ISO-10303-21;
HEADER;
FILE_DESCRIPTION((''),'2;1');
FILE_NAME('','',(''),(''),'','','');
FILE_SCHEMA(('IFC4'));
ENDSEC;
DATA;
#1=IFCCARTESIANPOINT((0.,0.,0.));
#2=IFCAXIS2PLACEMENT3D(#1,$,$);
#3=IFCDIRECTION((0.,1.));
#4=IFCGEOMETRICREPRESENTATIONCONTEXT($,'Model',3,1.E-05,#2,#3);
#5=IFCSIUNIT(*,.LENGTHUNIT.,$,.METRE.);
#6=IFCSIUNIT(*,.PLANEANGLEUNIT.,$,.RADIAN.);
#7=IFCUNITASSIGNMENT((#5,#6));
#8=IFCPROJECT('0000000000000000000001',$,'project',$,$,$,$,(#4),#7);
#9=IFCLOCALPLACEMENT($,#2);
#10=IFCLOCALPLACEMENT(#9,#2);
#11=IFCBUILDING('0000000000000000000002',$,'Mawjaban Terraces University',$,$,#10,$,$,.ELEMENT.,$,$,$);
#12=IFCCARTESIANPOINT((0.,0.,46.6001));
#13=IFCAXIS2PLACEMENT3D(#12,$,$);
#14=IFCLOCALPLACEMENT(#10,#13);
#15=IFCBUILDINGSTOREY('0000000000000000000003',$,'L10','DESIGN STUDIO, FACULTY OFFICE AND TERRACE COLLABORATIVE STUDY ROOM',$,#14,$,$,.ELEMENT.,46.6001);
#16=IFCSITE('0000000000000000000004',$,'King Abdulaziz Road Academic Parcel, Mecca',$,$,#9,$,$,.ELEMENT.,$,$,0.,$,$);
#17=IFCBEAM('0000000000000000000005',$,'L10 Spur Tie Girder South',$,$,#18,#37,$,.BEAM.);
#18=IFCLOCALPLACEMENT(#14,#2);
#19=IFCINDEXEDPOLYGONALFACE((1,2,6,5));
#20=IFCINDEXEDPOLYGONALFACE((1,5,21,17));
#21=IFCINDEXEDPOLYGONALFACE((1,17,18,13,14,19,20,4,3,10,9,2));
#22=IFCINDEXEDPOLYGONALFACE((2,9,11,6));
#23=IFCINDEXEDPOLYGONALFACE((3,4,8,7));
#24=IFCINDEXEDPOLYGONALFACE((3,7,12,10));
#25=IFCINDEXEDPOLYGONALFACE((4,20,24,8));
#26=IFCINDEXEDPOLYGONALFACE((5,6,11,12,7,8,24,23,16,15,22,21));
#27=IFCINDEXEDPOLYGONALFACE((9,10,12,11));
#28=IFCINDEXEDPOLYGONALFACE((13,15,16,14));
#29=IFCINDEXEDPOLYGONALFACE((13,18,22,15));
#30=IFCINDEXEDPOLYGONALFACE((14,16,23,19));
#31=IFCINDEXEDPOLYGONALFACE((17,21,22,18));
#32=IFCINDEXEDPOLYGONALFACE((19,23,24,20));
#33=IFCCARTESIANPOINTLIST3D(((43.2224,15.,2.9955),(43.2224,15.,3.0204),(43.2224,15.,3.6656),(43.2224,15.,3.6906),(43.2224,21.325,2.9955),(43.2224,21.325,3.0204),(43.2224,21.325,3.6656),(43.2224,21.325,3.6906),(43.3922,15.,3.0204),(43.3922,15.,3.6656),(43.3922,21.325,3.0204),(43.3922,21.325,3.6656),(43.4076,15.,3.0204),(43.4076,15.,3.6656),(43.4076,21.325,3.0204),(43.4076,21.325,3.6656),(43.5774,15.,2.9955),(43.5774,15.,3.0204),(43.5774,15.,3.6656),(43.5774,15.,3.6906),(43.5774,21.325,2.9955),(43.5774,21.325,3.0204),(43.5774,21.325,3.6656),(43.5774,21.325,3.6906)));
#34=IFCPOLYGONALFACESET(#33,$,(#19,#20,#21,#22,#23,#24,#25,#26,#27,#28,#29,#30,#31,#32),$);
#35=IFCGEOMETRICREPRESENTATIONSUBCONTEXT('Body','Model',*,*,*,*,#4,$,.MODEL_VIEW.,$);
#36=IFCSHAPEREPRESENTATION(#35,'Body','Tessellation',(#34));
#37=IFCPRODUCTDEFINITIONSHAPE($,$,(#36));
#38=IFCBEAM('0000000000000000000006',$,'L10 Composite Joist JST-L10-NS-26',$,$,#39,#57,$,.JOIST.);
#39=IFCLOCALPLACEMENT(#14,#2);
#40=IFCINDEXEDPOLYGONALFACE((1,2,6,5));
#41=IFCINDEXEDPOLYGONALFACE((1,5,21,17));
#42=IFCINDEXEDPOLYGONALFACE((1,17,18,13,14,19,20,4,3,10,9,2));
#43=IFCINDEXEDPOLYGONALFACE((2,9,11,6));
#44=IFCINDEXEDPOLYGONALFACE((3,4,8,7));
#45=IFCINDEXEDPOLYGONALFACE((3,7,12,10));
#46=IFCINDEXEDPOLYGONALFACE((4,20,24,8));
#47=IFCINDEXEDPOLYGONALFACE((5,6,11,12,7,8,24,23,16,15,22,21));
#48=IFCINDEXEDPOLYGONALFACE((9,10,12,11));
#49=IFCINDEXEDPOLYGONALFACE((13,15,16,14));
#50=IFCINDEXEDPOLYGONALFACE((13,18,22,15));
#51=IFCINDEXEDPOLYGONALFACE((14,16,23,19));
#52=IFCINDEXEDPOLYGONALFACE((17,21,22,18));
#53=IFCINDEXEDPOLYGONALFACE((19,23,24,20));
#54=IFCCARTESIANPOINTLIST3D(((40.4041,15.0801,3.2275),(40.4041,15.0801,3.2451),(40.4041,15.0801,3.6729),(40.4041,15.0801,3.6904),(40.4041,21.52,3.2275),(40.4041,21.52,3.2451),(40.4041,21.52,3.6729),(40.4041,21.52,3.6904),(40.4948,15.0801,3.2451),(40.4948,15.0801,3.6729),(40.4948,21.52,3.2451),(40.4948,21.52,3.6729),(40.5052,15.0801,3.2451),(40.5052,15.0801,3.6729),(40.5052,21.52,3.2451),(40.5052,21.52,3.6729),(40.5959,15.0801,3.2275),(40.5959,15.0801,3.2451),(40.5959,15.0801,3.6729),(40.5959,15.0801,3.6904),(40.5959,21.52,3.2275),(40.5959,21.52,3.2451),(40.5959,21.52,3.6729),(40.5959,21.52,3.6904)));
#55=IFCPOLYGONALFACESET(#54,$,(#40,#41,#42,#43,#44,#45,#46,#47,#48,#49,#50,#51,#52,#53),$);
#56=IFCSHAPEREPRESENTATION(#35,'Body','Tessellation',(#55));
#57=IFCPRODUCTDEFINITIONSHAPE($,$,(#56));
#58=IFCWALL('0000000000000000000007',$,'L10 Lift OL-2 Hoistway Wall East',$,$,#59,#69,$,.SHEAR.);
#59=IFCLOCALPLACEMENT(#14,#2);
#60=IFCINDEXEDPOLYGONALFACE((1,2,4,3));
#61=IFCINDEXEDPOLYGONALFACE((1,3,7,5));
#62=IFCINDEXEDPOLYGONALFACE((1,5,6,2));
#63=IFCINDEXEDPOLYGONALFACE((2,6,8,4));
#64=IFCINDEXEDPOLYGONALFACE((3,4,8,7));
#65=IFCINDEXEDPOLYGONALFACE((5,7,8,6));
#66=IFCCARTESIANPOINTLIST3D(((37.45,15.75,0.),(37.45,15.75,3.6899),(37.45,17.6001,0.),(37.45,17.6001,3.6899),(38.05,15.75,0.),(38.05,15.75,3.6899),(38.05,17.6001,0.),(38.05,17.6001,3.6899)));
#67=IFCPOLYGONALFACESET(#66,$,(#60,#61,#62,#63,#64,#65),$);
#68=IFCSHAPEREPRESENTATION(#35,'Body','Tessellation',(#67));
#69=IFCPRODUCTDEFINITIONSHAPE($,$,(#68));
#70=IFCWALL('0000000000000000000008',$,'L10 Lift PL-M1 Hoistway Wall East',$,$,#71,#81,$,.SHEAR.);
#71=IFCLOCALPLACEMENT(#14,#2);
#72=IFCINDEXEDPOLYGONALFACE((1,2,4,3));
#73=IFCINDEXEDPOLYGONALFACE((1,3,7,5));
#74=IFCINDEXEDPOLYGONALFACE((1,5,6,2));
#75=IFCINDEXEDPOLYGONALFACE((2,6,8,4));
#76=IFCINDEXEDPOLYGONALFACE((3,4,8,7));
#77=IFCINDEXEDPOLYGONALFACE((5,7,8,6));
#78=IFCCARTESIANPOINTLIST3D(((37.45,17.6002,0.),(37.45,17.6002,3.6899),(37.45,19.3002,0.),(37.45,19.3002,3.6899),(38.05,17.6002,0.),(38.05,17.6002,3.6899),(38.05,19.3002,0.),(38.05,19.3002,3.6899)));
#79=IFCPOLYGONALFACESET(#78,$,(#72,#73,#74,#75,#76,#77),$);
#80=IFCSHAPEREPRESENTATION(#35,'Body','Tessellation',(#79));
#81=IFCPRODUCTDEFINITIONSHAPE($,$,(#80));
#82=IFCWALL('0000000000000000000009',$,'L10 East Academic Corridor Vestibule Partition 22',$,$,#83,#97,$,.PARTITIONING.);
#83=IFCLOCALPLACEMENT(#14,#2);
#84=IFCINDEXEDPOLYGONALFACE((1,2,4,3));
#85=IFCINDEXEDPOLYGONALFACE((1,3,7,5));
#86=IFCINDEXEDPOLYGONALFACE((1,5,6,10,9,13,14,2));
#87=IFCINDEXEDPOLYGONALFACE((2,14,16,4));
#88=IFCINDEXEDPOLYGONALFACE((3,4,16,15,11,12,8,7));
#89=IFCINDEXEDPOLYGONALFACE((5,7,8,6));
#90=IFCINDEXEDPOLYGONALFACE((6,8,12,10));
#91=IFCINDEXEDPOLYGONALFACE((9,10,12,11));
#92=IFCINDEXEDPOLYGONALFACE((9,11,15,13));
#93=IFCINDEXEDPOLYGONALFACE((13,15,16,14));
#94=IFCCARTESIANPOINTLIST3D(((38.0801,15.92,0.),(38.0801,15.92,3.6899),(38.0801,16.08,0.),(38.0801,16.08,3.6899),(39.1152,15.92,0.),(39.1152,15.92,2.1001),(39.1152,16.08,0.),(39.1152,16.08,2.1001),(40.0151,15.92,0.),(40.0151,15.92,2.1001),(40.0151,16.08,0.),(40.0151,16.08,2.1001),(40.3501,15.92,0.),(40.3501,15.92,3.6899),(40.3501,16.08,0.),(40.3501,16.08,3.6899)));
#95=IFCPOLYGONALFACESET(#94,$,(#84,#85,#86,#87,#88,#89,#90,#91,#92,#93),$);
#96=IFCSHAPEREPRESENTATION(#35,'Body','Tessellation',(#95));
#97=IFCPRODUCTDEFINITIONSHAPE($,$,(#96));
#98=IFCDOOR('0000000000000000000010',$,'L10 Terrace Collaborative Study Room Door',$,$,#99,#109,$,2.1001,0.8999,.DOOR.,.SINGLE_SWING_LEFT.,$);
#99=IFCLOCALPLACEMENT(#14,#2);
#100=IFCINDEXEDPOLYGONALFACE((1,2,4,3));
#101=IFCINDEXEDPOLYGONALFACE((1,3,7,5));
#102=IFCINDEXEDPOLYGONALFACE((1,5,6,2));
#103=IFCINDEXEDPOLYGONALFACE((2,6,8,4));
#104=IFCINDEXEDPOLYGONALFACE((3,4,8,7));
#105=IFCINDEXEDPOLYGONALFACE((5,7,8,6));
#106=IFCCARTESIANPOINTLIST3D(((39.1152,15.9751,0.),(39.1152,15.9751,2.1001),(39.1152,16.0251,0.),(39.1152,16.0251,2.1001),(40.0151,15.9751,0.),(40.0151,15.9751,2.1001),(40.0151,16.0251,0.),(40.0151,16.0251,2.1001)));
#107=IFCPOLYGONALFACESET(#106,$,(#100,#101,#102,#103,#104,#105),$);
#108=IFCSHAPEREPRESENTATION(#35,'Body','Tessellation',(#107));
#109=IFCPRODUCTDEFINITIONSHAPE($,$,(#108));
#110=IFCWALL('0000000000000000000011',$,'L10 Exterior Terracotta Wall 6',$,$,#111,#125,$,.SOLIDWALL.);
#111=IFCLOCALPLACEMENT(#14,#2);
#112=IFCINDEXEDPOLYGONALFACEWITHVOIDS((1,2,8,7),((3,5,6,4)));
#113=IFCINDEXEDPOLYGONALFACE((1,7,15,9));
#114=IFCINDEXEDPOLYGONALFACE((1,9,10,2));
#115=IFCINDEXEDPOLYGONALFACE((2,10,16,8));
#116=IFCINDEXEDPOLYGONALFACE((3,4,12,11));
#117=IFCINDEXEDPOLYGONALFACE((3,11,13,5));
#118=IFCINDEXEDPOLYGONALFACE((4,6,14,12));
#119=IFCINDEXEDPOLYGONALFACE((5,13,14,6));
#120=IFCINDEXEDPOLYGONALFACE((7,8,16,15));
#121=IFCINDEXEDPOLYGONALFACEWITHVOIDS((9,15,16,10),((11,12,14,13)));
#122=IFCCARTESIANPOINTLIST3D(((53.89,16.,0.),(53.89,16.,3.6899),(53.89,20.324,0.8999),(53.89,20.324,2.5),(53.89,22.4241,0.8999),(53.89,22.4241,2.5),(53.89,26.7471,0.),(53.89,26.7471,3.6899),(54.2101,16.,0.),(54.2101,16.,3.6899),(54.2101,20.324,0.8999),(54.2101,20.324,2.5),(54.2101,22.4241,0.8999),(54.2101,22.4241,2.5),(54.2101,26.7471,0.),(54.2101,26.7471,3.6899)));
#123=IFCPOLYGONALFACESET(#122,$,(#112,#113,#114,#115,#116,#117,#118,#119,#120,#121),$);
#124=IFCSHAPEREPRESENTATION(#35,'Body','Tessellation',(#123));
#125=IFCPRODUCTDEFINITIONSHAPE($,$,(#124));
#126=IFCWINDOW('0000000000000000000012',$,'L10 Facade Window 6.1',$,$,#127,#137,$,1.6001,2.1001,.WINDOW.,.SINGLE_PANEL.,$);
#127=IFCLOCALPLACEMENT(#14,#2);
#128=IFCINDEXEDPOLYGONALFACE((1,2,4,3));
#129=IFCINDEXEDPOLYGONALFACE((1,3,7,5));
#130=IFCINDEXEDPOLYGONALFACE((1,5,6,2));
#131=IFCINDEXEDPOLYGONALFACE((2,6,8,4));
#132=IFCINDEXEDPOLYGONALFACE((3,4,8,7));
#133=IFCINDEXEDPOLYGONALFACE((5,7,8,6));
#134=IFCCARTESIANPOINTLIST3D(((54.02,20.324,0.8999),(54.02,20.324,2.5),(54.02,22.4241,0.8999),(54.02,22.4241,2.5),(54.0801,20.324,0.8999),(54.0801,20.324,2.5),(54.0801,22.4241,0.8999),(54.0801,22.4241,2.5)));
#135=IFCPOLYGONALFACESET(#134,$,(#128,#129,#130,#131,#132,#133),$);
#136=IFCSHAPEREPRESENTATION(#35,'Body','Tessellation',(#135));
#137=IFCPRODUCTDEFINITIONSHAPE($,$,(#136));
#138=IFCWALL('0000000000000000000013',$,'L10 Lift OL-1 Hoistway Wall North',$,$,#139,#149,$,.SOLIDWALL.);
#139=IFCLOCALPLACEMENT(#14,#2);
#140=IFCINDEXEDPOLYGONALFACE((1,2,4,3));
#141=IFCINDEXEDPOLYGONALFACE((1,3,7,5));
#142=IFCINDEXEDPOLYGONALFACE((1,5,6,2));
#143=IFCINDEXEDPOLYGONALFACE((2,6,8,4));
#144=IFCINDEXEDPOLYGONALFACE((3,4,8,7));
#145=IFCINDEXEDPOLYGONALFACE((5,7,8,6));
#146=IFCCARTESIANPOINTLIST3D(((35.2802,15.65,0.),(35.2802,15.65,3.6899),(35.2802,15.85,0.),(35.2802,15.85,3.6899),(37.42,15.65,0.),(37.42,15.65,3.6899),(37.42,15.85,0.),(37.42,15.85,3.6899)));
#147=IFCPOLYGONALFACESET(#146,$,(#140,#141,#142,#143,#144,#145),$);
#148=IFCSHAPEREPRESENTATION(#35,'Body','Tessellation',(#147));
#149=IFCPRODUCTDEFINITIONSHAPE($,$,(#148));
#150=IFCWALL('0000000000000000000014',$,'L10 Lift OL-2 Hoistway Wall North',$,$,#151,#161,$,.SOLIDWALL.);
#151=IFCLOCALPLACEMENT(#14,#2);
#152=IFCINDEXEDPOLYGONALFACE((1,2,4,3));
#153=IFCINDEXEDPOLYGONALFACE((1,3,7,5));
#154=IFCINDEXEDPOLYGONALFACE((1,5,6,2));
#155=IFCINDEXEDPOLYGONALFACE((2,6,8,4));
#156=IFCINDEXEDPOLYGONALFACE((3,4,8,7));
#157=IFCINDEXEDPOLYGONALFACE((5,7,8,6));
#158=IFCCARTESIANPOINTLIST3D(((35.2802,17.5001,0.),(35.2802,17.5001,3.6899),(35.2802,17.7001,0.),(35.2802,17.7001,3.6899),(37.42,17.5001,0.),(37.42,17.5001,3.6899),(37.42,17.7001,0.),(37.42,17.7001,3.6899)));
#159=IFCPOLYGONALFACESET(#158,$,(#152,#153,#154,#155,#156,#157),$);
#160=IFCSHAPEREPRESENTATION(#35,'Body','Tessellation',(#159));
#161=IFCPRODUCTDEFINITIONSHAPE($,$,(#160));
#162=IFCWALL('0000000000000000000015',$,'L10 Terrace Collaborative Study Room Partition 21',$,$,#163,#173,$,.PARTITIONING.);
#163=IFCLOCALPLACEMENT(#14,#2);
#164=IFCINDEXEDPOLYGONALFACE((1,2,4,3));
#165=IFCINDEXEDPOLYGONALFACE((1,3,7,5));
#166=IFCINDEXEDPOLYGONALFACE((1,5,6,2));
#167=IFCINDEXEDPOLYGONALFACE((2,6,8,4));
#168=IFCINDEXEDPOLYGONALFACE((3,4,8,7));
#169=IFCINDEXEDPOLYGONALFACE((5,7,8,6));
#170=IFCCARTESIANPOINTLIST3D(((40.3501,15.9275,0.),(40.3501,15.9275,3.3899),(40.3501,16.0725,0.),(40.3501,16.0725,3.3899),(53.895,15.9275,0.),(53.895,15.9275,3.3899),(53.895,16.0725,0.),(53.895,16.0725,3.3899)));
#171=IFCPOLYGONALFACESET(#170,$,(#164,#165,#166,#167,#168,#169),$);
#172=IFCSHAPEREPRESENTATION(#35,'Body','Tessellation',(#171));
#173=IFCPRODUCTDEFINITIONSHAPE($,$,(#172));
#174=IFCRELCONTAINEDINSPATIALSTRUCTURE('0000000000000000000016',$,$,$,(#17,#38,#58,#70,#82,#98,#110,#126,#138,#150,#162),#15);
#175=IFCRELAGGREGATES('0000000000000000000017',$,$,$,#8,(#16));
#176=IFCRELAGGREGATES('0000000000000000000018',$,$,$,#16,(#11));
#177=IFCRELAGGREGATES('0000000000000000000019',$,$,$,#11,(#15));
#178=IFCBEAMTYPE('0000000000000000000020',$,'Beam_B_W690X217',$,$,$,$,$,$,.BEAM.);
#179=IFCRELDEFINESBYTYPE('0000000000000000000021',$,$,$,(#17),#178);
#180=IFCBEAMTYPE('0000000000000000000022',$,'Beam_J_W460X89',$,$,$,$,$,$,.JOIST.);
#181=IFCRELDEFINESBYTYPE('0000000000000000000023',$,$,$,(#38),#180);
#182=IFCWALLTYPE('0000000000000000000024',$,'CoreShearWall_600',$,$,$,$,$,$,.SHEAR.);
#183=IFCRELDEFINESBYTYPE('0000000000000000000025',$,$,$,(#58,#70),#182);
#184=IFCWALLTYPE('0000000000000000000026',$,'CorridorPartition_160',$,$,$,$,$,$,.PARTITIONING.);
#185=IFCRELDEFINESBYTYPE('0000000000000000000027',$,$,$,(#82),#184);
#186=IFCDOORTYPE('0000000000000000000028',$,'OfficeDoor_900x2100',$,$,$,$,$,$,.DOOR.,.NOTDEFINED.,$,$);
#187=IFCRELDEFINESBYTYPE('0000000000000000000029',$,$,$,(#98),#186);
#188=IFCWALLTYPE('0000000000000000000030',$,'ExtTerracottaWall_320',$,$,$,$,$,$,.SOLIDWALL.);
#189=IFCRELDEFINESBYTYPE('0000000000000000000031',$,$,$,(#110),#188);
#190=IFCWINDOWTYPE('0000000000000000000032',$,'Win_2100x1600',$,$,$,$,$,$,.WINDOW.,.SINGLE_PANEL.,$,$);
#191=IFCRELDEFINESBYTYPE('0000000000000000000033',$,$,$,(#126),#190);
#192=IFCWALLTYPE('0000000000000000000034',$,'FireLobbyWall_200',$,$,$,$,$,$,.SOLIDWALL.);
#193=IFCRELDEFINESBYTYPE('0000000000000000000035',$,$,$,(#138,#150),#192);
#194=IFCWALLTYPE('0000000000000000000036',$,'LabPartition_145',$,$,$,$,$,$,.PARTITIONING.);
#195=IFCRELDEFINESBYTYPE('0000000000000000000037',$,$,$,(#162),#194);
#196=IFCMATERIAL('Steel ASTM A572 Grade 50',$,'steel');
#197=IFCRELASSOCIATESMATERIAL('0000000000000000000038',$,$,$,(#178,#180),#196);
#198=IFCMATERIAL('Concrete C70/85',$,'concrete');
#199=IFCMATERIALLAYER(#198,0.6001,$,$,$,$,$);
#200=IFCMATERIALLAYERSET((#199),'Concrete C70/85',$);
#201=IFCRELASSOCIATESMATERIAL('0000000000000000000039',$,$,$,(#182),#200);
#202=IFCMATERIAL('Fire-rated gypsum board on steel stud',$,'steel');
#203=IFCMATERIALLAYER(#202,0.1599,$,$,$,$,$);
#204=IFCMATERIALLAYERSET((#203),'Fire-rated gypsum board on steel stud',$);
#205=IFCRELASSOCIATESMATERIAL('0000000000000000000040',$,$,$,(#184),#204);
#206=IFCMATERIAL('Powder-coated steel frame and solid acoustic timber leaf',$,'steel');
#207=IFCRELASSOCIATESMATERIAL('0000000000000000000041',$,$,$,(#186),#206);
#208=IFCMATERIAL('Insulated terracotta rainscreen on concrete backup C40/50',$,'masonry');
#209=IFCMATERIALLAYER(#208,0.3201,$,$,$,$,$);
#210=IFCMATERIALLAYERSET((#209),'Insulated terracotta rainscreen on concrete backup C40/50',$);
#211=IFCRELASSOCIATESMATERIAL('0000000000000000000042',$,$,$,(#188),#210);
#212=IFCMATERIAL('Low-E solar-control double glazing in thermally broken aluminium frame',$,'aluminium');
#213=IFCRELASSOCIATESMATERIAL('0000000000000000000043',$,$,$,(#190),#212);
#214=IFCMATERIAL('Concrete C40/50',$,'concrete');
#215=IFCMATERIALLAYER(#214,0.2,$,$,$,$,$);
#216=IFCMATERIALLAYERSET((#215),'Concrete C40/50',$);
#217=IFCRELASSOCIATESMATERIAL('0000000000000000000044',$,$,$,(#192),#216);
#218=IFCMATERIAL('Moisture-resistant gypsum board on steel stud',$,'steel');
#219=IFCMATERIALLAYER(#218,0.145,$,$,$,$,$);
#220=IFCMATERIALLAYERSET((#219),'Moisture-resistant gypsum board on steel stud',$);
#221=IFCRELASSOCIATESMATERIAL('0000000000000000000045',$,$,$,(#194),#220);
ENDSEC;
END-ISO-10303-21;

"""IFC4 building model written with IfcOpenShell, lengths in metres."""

from ifc_helpers import new_model, si_unit, direction, frame, frame_2d, origin, origin_2d, place, context, subcontext, project, spatial, rectangle, i_section, extrude, material, layer, layer_set, material_profile, profile_set, type_object, element, fill, save


model = new_model("IFC4")

# Units and contexts
model_context = context("Model", 3, precision=1e-05, world=origin(), true_north=direction((0.0, 1.0)))
body_context = subcontext(model_context, "Body", "Model", "MODEL_VIEW")
ifc_project = project(units=[si_unit("LENGTHUNIT", "METRE"), si_unit("PLANEANGLEUNIT", "RADIAN")], contexts=[model_context])

# Site, building, storey
site_placement = place(None, origin())
site = spatial("IfcSite", under=ifc_project, at=site_placement, Name="King Abdulaziz Road Academic Parcel, Mecca", CompositionType="ELEMENT", RefElevation=0.0)
building_placement = place(site_placement, origin())
building = spatial("IfcBuilding", under=site, at=building_placement, Name="Mawjaban Terraces University", CompositionType="ELEMENT")
storey_placement = place(building_placement, frame((0.0, 0.0, 46.6001)))
storey = spatial("IfcBuildingStorey", under=building, at=storey_placement, Name="L10", Description="DESIGN STUDIO, FACULTY OFFICE AND TERRACE COLLABORATIVE STUDY ROOM", CompositionType="ELEMENT", Elevation=46.6001)

# Beams
ifc_material_1 = material(Name="Steel ASTM A572 Grade 50", Category="steel")
ifc_material_profile_1 = material_profile(ifc_material_1, i_section(OverallWidth=0.355, OverallDepth=0.6951, WebThickness=0.0154, FlangeThickness=0.0249, at=origin_2d()), Name="W690X217")
ifc_profile_set_1 = profile_set([ifc_material_profile_1], Name="Steel ASTM A572 Grade 50")
beam_type_1 = type_object("IfcBeamType", Name="Beam_B_W690X217", PredefinedType="BEAM", material=ifc_profile_set_1)
beam_1_placement = place(storey_placement, frame((43.3999, 15.0, 3.343), z_axis=(0.0, 1.0, 0.0), x_axis=(-1.0, 0.0, 0.0)))
element("IfcBeam", 1, at=beam_1_placement, inside=storey, type_object=beam_type_1, Name="L10 Spur Tie Girder South", PredefinedType="BEAM", context=body_context, shape_type="SweptSolid", body=[
    extrude(i_section(OverallWidth=0.355, OverallDepth=0.6951, WebThickness=0.0154, FlangeThickness=0.0249, at=origin_2d()), origin(), (0.0, 0.0, 1.0), 6.325),
])
ifc_material_profile_2 = material_profile(ifc_material_1, i_section(OverallWidth=0.1919, OverallDepth=0.4629, WebThickness=0.0105, FlangeThickness=0.0176, at=origin_2d()), Name="W460X89")
ifc_profile_set_2 = profile_set([ifc_material_profile_2], Name="Steel ASTM A572 Grade 50")
beam_type_2 = type_object("IfcBeamType", Name="Beam_J_W460X89", PredefinedType="JOIST", material=ifc_profile_set_2)
beam_2_placement = place(storey_placement, frame((40.5, 15.0801, 3.459), z_axis=(0.0, 1.0, 0.0), x_axis=(-1.0, 0.0, 0.0)))
element("IfcBeam", 2, at=beam_2_placement, inside=storey, type_object=beam_type_2, Name="L10 Composite Joist JST-L10-NS-26", PredefinedType="JOIST", context=body_context, shape_type="SweptSolid", body=[
    extrude(i_section(OverallWidth=0.1919, OverallDepth=0.4629, WebThickness=0.0105, FlangeThickness=0.0176, at=origin_2d()), origin(), (0.0, 0.0, 1.0), 6.4399),
])

# Walls
ifc_material_2 = material(Name="Concrete C70/85", Category="concrete")
ifc_layer_1 = layer(ifc_material_2, 0.6001)
ifc_layer_set_1 = layer_set([ifc_layer_1], Name="Concrete C70/85")
wall_type_1 = type_object("IfcWallType", Name="CoreShearWall_600", PredefinedType="SHEAR", material=ifc_layer_set_1)
wall_1_placement = place(storey_placement, frame((37.75, 15.75, 0.0), z_axis=(0.0, 0.0, 1.0), x_axis=(0.0, 1.0, 0.0)))
element("IfcWall", 3, at=wall_1_placement, inside=storey, type_object=wall_type_1, Name="L10 Lift OL-2 Hoistway Wall East", PredefinedType="SHEAR", context=body_context, shape_type="SweptSolid", body=[
    extrude(rectangle(XDim=1.8501, YDim=0.6001, at=frame_2d((0.925, 0.0))), origin(), (0.0, 0.0, 1.0), 3.6899),
])
wall_2_placement = place(storey_placement, frame((37.75, 17.6001, 0.0), z_axis=(0.0, 0.0, 1.0), x_axis=(0.0, 1.0, 0.0)))
element("IfcWall", 4, at=wall_2_placement, inside=storey, type_object=wall_type_1, Name="L10 Lift PL-M1 Hoistway Wall East", PredefinedType="SHEAR", context=body_context, shape_type="SweptSolid", body=[
    extrude(rectangle(XDim=1.7, YDim=0.6001, at=frame_2d((0.8501, 0.0))), origin(), (0.0, 0.0, 1.0), 3.6899),
])

# Wall, opening, door
ifc_material_3 = material(Name="Fire-rated gypsum board on steel stud", Category="steel")
ifc_layer_2 = layer(ifc_material_3, 0.1599)
ifc_layer_set_2 = layer_set([ifc_layer_2], Name="Fire-rated gypsum board on steel stud")
wall_type_2 = type_object("IfcWallType", Name="CorridorPartition_160", PredefinedType="PARTITIONING", material=ifc_layer_set_2)
wall_3_placement = place(storey_placement, frame((40.3501, 16.0, 0.0), z_axis=(0.0, 0.0, 1.0), x_axis=(-1.0, 0.0, 0.0)))
wall_3 = element("IfcWall", 5, at=wall_3_placement, inside=storey, type_object=wall_type_2, Name="L10 East Academic Corridor Vestibule Partition 22", PredefinedType="PARTITIONING", context=body_context, shape_type="SweptSolid", body=[
    extrude(rectangle(XDim=2.27, YDim=0.1599, at=frame_2d((1.135, 0.0))), origin(), (0.0, 0.0, 1.0), 3.6899),
])
opening_1_placement = place(wall_3_placement, frame((0.335, 0.0, 0.0)))
opening_1 = element("IfcOpeningElement", 6, at=opening_1_placement, cuts=wall_3, PredefinedType="OPENING", context=body_context, shape_type="SweptSolid", body=[
    extrude(rectangle(XDim=0.8999, YDim=2.1001, at=frame_2d((0.45, 1.05))), frame((0.0, 0.0898, 0.0), z_axis=(0.0, -1.0, 0.0), x_axis=(1.0, 0.0, 0.0)), (0.0, 0.0, 1.0), 0.1799),
])
ifc_material_4 = material(Name="Powder-coated steel frame and solid acoustic timber leaf", Category="steel")
door_type = type_object("IfcDoorType", Name="OfficeDoor_900x2100", OperationType="NOTDEFINED", PredefinedType="DOOR", material=ifc_material_4)
door_placement = place(opening_1_placement, origin())
door = element("IfcDoor", 7, at=door_placement, inside=storey, type_object=door_type, Name="L10 Terrace Collaborative Study Room Door", OperationType="SINGLE_SWING_LEFT", OverallHeight=2.1001, OverallWidth=0.8999, PredefinedType="DOOR", context=body_context, shape_type="SweptSolid", body=[
    extrude(rectangle(XDim=0.8999, YDim=2.1001, at=frame_2d((0.45, 1.05))), frame((0.0, 0.0249, 0.0), z_axis=(0.0, -1.0, 0.0), x_axis=(1.0, 0.0, 0.0)), (0.0, 0.0, 1.0), 0.05),
])
fill(opening_1, door)

# Wall, opening, window
ifc_material_5 = material(Name="Insulated terracotta rainscreen on concrete backup C40/50", Category="masonry")
ifc_layer_3 = layer(ifc_material_5, 0.3201)
ifc_layer_set_3 = layer_set([ifc_layer_3], Name="Insulated terracotta rainscreen on concrete backup C40/50")
wall_type_3 = type_object("IfcWallType", Name="ExtTerracottaWall_320", PredefinedType="SOLIDWALL", material=ifc_layer_set_3)
wall_4_placement = place(storey_placement, frame((54.05, 16.0, 0.0), z_axis=(0.0, 0.0, 1.0), x_axis=(0.0, 1.0, 0.0)))
wall_4 = element("IfcWall", 8, at=wall_4_placement, inside=storey, type_object=wall_type_3, Name="L10 Exterior Terracotta Wall 6", PredefinedType="SOLIDWALL", context=body_context, shape_type="SweptSolid", body=[
    extrude(rectangle(XDim=10.7471, YDim=0.3201, at=frame_2d((5.3735, 0.0))), origin(), (0.0, 0.0, 1.0), 3.6899),
])
opening_2_placement = place(wall_4_placement, frame((4.324, 0.0, 0.8999)))
opening_2 = element("IfcOpeningElement", 9, at=opening_2_placement, cuts=wall_4, PredefinedType="OPENING", context=body_context, shape_type="SweptSolid", body=[
    extrude(rectangle(XDim=2.1001, YDim=1.6001, at=frame_2d((1.05, 0.8))), frame((0.0, 0.1699, 0.0), z_axis=(0.0, -1.0, 0.0), x_axis=(1.0, 0.0, 0.0)), (0.0, 0.0, 1.0), 0.3401),
])
ifc_material_6 = material(Name="Low-E solar-control double glazing in thermally broken aluminium frame", Category="aluminium")
window_type = type_object("IfcWindowType", Name="Win_2100x1600", PartitioningType="SINGLE_PANEL", PredefinedType="WINDOW", material=ifc_material_6)
window_placement = place(opening_2_placement, origin())
window = element("IfcWindow", 10, at=window_placement, inside=storey, type_object=window_type, Name="L10 Facade Window 6.1", OverallHeight=1.6001, OverallWidth=2.1001, PartitioningType="SINGLE_PANEL", PredefinedType="WINDOW", context=body_context, shape_type="SweptSolid", body=[
    extrude(rectangle(XDim=2.1001, YDim=1.6001, at=frame_2d((1.05, 0.8))), frame((0.0, 0.03, 0.0), z_axis=(0.0, -1.0, 0.0), x_axis=(1.0, 0.0, 0.0)), (0.0, 0.0, 1.0), 0.0601),
])
fill(opening_2, window)

# Walls
ifc_material_7 = material(Name="Concrete C40/50", Category="concrete")
ifc_layer_4 = layer(ifc_material_7, 0.2)
ifc_layer_set_4 = layer_set([ifc_layer_4], Name="Concrete C40/50")
wall_type_4 = type_object("IfcWallType", Name="FireLobbyWall_200", PredefinedType="SOLIDWALL", material=ifc_layer_set_4)
for number, where, z_axis, x_axis, name in (
    (11, (37.4199, 15.75, 0.0), (0.0, 0.0, 1.0), (-1.0, 0.0, 0.0), "L10 Lift OL-1 Hoistway Wall North"),
    (12, (37.4199, 17.6001, 0.0), (0.0, 0.0, 1.0), (-1.0, 0.0, 0.0), "L10 Lift OL-2 Hoistway Wall North"),
):
    element("IfcWall", number, at=place(storey_placement, frame(where, z_axis=z_axis, x_axis=x_axis)), inside=storey, type_object=wall_type_4, Name=name, PredefinedType="SOLIDWALL", context=body_context, shape_type="SweptSolid", body=[
        extrude(rectangle(XDim=2.1399, YDim=0.2, at=frame_2d((1.0698, 0.0))), origin(), (0.0, 0.0, 1.0), 3.6899),
    ])
ifc_material_8 = material(Name="Moisture-resistant gypsum board on steel stud", Category="steel")
ifc_layer_5 = layer(ifc_material_8, 0.145)
ifc_layer_set_5 = layer_set([ifc_layer_5], Name="Moisture-resistant gypsum board on steel stud")
wall_type_5 = type_object("IfcWallType", Name="LabPartition_145", PredefinedType="PARTITIONING", material=ifc_layer_set_5)
wall_5_placement = place(storey_placement, frame((40.3501, 16.0, 0.0), z_axis=(0.0, 0.0, 1.0), x_axis=(1.0, 0.0, 0.0)))
element("IfcWall", 13, at=wall_5_placement, inside=storey, type_object=wall_type_5, Name="L10 Terrace Collaborative Study Room Partition 21", PredefinedType="PARTITIONING", context=body_context, shape_type="SweptSolid", body=[
    extrude(rectangle(XDim=13.5449, YDim=0.145, at=frame_2d((6.7725, 0.0))), origin(), (0.0, 0.0, 1.0), 3.3899),
])

save(model, "model.ifc")
